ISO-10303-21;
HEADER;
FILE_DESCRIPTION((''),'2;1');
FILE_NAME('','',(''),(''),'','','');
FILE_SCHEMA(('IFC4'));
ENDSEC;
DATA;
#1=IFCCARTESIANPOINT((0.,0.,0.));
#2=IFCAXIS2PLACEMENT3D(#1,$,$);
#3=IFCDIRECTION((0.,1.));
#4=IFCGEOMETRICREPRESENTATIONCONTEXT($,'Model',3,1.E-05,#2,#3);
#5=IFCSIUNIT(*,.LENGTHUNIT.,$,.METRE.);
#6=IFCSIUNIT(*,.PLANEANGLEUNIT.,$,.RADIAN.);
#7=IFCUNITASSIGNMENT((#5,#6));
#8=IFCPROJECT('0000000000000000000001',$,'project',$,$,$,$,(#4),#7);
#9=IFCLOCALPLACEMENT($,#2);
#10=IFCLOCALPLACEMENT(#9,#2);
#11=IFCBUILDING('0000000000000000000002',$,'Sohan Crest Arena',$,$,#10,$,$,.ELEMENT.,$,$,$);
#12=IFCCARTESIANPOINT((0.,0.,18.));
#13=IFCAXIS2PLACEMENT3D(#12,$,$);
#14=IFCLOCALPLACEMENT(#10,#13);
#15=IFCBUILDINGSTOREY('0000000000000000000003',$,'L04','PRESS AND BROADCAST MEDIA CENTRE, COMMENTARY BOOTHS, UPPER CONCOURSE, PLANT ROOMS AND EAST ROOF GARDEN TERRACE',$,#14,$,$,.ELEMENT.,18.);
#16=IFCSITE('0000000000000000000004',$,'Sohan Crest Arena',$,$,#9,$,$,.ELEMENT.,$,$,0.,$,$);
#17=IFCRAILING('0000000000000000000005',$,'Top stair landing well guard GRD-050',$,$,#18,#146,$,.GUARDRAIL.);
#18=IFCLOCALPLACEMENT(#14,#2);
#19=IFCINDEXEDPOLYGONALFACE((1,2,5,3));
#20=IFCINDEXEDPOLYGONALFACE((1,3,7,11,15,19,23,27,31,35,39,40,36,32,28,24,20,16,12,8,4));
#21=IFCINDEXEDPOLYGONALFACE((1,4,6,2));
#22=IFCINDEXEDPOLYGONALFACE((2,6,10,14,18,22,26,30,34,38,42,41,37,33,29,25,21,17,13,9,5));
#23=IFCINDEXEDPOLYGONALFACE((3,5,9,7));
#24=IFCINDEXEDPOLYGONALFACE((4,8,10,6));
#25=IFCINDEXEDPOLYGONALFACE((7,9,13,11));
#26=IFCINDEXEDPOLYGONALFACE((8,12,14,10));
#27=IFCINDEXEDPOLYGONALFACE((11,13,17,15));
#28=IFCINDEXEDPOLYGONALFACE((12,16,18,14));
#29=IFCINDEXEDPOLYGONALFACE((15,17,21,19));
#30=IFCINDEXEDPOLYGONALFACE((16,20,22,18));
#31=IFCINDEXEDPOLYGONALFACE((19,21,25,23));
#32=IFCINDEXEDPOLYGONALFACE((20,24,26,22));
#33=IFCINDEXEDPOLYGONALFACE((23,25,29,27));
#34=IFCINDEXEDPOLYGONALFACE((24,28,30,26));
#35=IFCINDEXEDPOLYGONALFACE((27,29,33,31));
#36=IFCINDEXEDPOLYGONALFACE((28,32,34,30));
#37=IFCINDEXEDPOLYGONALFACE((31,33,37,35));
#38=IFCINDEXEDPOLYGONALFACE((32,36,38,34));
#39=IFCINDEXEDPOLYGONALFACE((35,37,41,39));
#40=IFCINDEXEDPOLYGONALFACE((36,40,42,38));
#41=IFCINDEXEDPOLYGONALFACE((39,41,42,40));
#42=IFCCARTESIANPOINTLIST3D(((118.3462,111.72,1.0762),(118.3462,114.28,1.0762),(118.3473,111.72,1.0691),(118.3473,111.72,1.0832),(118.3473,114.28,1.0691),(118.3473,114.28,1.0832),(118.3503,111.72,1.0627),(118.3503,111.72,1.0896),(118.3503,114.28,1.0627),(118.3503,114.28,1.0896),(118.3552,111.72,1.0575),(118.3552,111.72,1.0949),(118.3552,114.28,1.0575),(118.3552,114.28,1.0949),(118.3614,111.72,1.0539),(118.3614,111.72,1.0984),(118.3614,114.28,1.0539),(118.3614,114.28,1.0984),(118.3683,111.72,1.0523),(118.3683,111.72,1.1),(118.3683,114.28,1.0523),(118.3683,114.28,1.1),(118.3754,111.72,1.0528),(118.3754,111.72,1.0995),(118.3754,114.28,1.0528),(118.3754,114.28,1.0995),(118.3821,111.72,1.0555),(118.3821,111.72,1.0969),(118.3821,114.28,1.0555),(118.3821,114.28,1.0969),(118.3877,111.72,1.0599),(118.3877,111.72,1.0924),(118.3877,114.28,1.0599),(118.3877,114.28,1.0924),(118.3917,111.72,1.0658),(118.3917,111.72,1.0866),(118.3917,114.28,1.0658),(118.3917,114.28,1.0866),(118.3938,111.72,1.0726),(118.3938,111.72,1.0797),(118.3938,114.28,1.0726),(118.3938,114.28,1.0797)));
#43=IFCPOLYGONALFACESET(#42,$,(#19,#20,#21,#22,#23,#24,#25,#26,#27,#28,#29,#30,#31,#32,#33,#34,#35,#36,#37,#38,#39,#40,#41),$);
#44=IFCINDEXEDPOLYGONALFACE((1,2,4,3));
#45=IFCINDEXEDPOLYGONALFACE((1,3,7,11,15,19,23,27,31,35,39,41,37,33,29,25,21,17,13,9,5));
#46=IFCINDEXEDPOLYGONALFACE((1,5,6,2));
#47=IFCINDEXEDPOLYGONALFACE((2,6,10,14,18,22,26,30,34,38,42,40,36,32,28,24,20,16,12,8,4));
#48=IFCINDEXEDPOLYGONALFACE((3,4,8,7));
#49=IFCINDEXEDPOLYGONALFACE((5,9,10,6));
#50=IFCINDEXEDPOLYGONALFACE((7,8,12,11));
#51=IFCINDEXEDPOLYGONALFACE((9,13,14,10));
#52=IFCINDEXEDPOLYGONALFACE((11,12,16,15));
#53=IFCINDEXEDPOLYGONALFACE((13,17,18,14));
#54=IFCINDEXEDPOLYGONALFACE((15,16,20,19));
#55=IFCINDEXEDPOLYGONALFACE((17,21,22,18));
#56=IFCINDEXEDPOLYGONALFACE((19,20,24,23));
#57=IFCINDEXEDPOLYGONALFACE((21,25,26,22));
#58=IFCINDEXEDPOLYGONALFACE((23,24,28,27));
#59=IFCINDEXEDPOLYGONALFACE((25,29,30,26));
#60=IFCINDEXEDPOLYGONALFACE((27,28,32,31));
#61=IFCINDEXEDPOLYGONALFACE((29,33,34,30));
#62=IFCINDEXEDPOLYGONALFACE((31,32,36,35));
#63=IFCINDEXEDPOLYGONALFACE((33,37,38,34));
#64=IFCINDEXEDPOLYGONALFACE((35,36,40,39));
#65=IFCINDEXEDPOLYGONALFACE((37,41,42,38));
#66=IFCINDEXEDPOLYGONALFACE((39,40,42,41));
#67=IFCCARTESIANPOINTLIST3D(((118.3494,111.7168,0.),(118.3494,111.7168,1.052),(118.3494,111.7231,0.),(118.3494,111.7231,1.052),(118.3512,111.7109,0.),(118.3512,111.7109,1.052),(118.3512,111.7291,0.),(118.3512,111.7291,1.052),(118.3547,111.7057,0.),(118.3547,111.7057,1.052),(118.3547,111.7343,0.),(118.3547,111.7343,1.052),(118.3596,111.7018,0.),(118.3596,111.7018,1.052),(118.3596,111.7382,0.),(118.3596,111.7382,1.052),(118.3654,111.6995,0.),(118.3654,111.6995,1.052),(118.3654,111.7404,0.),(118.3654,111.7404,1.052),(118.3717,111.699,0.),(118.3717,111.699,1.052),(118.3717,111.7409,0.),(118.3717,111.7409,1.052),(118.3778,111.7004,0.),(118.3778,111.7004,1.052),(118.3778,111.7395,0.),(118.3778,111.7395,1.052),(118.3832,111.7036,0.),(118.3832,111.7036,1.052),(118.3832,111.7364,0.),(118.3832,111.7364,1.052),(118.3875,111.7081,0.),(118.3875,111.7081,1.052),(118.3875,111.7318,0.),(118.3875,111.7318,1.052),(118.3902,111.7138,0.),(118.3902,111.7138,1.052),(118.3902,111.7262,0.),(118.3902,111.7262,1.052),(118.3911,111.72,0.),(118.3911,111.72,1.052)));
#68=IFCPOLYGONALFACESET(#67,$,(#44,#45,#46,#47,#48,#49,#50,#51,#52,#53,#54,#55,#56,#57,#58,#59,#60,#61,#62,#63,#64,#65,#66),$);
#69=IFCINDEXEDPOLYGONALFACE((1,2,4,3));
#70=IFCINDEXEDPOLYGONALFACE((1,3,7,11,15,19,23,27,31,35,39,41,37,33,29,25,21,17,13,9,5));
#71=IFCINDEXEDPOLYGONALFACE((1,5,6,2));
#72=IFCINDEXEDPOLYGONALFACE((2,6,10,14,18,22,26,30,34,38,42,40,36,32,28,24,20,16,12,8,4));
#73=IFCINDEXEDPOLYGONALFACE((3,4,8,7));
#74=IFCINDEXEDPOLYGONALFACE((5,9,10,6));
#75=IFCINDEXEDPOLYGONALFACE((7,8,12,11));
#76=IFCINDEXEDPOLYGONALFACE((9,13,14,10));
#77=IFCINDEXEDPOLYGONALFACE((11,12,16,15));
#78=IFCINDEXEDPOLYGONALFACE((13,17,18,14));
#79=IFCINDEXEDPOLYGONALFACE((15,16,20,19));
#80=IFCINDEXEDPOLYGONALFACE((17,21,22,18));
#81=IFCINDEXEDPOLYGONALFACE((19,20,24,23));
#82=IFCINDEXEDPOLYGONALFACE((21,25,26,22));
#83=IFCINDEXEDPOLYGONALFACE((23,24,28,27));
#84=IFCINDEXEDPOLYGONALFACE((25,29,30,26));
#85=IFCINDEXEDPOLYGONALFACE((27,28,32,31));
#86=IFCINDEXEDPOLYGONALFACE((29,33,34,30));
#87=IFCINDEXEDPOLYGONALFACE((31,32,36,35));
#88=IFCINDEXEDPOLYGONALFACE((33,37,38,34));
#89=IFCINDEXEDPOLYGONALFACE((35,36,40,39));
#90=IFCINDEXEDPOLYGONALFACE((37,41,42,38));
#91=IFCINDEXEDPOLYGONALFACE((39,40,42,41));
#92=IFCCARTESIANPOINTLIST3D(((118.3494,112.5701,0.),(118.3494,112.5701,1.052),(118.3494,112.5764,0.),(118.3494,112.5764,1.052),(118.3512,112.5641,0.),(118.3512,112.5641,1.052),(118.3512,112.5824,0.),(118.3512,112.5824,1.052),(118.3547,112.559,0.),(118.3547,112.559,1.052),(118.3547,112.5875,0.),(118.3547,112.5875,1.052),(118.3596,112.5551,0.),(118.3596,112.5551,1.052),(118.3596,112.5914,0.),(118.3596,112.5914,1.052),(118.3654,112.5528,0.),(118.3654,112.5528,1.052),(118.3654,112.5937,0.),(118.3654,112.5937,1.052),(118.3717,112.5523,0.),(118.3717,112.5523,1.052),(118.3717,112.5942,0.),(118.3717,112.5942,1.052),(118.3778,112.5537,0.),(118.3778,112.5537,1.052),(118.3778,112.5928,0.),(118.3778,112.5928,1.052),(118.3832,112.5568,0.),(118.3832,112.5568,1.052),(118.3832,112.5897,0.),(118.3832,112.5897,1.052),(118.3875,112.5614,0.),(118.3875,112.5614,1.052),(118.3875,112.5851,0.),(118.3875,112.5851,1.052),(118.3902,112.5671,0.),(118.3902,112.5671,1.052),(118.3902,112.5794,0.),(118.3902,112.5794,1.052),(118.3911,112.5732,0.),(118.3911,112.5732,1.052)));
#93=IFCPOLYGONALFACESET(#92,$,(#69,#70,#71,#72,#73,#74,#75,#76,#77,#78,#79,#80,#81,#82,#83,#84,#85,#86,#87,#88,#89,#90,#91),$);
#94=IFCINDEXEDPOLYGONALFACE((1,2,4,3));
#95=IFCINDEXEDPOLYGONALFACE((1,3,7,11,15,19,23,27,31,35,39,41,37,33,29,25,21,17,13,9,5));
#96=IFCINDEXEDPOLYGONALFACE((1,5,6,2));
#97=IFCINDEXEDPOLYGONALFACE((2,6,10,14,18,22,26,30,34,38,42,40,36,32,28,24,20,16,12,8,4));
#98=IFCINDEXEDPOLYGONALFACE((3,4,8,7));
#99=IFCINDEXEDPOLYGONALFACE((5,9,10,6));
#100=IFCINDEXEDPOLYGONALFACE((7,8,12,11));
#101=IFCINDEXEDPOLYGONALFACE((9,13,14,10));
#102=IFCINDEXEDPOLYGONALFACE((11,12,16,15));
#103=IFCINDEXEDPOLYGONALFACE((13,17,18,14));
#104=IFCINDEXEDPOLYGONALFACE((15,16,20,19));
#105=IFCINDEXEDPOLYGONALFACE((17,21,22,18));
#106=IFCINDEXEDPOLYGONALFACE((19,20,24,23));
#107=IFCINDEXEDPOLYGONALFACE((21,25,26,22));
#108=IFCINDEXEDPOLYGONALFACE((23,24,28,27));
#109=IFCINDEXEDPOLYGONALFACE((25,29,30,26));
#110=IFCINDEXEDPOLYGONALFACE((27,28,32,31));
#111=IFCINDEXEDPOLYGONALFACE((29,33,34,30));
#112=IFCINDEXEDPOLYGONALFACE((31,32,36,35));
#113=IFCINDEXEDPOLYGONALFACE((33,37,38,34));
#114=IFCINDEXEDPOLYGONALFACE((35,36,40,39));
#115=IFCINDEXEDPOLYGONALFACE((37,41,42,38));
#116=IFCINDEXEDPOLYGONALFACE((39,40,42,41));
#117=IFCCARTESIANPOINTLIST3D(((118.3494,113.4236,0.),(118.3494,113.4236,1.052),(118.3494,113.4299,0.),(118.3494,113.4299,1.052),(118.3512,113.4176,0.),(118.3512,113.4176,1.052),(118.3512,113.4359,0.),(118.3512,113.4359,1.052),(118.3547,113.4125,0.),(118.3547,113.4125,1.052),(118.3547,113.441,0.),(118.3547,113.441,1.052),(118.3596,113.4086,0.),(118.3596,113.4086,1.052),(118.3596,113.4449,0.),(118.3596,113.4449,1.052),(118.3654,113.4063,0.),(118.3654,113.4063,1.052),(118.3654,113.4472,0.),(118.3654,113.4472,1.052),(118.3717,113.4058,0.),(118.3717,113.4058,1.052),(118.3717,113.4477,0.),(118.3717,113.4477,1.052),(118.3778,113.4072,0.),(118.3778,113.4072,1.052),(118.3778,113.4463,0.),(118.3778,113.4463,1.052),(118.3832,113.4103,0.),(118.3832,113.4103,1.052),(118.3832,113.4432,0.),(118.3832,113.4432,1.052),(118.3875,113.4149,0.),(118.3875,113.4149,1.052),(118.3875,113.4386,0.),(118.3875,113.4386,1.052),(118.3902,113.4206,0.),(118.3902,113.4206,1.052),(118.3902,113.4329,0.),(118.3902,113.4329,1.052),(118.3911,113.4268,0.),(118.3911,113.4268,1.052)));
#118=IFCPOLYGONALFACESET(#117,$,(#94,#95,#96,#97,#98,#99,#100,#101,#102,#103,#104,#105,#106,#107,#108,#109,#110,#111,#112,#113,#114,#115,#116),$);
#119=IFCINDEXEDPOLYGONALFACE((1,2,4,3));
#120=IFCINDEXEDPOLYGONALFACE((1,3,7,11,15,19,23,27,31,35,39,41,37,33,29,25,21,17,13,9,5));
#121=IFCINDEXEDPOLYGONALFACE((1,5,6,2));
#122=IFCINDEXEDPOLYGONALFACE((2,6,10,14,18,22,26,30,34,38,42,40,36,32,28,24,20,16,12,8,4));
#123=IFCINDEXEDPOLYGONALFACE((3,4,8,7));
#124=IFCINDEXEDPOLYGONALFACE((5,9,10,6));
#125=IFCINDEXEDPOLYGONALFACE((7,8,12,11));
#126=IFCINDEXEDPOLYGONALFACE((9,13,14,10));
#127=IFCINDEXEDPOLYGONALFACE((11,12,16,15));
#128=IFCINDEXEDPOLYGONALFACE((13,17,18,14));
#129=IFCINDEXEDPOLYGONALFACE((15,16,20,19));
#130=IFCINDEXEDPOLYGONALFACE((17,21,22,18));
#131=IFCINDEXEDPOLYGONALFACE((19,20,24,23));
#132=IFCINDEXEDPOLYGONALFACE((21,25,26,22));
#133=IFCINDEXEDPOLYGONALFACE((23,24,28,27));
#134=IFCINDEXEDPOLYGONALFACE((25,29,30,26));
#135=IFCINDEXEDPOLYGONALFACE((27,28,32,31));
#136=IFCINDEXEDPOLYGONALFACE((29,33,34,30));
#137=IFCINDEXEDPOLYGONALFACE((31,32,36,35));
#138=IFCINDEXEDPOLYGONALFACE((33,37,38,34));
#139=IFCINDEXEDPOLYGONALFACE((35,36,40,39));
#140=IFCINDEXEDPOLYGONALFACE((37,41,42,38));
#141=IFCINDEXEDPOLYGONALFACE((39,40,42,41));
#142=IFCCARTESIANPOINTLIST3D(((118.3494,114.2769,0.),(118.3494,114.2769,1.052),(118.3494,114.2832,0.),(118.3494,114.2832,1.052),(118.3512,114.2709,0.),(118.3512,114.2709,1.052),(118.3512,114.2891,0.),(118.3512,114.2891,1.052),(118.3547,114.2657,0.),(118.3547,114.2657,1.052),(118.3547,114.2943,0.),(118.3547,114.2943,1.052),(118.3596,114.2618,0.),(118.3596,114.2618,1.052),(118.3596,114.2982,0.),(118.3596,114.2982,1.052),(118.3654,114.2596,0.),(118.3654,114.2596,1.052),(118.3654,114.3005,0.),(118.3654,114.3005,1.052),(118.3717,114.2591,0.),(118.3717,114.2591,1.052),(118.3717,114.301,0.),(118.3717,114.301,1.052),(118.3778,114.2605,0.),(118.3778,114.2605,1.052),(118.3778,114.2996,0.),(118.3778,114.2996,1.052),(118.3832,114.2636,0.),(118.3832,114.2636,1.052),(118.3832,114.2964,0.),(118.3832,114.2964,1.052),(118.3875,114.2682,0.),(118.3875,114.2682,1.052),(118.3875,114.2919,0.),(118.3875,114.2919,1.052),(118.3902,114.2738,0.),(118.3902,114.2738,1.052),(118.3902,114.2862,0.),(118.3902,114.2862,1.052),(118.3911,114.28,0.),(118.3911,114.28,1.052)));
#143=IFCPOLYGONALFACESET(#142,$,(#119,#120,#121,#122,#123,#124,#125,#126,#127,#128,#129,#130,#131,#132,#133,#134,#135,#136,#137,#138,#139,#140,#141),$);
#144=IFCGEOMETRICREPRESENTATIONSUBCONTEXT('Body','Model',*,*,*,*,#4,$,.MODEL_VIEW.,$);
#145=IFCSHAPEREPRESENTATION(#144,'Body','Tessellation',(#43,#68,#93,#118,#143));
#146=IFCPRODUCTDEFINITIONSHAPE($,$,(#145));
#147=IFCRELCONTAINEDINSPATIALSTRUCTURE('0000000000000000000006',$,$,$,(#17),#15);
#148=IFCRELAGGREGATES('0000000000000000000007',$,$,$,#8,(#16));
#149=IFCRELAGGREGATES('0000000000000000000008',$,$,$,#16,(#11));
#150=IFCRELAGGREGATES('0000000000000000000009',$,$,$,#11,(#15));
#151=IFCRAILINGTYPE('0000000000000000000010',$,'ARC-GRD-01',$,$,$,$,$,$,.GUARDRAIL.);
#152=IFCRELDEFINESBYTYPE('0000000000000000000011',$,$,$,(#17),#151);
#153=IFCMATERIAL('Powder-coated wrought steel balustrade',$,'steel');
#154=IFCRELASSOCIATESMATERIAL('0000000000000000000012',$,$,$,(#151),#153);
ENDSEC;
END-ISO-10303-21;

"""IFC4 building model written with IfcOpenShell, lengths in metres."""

from ifc_helpers import new_model, si_unit, direction, frame, origin, origin_2d, place, context, subcontext, project, spatial, circle, extrude, material, type_object, element, save


model = new_model("IFC4")

# Units and contexts
model_context = context("Model", 3, precision=1e-05, world=origin(), true_north=direction((0.0, 1.0)))
body_context = subcontext(model_context, "Body", "Model", "MODEL_VIEW")
ifc_project = project(units=[si_unit("LENGTHUNIT", "METRE"), si_unit("PLANEANGLEUNIT", "RADIAN")], contexts=[model_context])

# Site, building, storey
site_placement = place(None, origin())
site = spatial("IfcSite", under=ifc_project, at=site_placement, Name="Sohan Crest Arena", CompositionType="ELEMENT", RefElevation=0.0)
building_placement = place(site_placement, origin())
building = spatial("IfcBuilding", under=site, at=building_placement, Name="Sohan Crest Arena", CompositionType="ELEMENT")
storey_placement = place(building_placement, frame((0.0, 0.0, 18.0)))
storey = spatial("IfcBuildingStorey", under=building, at=storey_placement, Name="L04", Description="PRESS AND BROADCAST MEDIA CENTRE, COMMENTARY BOOTHS, UPPER CONCOURSE, PLANT ROOMS AND EAST ROOF GARDEN TERRACE", CompositionType="ELEMENT", Elevation=18.0)

# Railing
ifc_material_1 = material(Name="Powder-coated wrought steel balustrade", Category="steel")
railing_type_1 = type_object("IfcRailingType", Name="ARC-GRD-01", PredefinedType="GUARDRAIL", material=ifc_material_1)
railing_1_placement = place(storey_placement, frame((118.3701, 111.72, 0.0)))
element("IfcRailing", 1, at=railing_1_placement, inside=storey, type_object=railing_type_1, Name="Top stair landing well guard GRD-050", PredefinedType="GUARDRAIL", context=body_context, shape_type="SweptSolid", body=[
    extrude(circle(Radius=0.0239, at=origin_2d()), frame((0.0, 0.0, 1.0762), z_axis=(0.0, 1.0, 0.0), x_axis=(-1.0, 0.0, 0.0)), (0.0, 0.0, 1.0), 2.5601),
    extrude(circle(Radius=0.021, at=origin_2d()), origin(), (0.0, 0.0, 1.0), 1.052),
    extrude(circle(Radius=0.021, at=origin_2d()), frame((0.0, 0.8533, 0.0)), (0.0, 0.0, 1.0), 1.052),
    extrude(circle(Radius=0.021, at=origin_2d()), frame((0.0, 1.7068, 0.0)), (0.0, 0.0, 1.0), 1.052),
    extrude(circle(Radius=0.021, at=origin_2d()), frame((0.0, 2.5601, 0.0)), (0.0, 0.0, 1.0), 1.052),
])

save(model, "model.ifc")
